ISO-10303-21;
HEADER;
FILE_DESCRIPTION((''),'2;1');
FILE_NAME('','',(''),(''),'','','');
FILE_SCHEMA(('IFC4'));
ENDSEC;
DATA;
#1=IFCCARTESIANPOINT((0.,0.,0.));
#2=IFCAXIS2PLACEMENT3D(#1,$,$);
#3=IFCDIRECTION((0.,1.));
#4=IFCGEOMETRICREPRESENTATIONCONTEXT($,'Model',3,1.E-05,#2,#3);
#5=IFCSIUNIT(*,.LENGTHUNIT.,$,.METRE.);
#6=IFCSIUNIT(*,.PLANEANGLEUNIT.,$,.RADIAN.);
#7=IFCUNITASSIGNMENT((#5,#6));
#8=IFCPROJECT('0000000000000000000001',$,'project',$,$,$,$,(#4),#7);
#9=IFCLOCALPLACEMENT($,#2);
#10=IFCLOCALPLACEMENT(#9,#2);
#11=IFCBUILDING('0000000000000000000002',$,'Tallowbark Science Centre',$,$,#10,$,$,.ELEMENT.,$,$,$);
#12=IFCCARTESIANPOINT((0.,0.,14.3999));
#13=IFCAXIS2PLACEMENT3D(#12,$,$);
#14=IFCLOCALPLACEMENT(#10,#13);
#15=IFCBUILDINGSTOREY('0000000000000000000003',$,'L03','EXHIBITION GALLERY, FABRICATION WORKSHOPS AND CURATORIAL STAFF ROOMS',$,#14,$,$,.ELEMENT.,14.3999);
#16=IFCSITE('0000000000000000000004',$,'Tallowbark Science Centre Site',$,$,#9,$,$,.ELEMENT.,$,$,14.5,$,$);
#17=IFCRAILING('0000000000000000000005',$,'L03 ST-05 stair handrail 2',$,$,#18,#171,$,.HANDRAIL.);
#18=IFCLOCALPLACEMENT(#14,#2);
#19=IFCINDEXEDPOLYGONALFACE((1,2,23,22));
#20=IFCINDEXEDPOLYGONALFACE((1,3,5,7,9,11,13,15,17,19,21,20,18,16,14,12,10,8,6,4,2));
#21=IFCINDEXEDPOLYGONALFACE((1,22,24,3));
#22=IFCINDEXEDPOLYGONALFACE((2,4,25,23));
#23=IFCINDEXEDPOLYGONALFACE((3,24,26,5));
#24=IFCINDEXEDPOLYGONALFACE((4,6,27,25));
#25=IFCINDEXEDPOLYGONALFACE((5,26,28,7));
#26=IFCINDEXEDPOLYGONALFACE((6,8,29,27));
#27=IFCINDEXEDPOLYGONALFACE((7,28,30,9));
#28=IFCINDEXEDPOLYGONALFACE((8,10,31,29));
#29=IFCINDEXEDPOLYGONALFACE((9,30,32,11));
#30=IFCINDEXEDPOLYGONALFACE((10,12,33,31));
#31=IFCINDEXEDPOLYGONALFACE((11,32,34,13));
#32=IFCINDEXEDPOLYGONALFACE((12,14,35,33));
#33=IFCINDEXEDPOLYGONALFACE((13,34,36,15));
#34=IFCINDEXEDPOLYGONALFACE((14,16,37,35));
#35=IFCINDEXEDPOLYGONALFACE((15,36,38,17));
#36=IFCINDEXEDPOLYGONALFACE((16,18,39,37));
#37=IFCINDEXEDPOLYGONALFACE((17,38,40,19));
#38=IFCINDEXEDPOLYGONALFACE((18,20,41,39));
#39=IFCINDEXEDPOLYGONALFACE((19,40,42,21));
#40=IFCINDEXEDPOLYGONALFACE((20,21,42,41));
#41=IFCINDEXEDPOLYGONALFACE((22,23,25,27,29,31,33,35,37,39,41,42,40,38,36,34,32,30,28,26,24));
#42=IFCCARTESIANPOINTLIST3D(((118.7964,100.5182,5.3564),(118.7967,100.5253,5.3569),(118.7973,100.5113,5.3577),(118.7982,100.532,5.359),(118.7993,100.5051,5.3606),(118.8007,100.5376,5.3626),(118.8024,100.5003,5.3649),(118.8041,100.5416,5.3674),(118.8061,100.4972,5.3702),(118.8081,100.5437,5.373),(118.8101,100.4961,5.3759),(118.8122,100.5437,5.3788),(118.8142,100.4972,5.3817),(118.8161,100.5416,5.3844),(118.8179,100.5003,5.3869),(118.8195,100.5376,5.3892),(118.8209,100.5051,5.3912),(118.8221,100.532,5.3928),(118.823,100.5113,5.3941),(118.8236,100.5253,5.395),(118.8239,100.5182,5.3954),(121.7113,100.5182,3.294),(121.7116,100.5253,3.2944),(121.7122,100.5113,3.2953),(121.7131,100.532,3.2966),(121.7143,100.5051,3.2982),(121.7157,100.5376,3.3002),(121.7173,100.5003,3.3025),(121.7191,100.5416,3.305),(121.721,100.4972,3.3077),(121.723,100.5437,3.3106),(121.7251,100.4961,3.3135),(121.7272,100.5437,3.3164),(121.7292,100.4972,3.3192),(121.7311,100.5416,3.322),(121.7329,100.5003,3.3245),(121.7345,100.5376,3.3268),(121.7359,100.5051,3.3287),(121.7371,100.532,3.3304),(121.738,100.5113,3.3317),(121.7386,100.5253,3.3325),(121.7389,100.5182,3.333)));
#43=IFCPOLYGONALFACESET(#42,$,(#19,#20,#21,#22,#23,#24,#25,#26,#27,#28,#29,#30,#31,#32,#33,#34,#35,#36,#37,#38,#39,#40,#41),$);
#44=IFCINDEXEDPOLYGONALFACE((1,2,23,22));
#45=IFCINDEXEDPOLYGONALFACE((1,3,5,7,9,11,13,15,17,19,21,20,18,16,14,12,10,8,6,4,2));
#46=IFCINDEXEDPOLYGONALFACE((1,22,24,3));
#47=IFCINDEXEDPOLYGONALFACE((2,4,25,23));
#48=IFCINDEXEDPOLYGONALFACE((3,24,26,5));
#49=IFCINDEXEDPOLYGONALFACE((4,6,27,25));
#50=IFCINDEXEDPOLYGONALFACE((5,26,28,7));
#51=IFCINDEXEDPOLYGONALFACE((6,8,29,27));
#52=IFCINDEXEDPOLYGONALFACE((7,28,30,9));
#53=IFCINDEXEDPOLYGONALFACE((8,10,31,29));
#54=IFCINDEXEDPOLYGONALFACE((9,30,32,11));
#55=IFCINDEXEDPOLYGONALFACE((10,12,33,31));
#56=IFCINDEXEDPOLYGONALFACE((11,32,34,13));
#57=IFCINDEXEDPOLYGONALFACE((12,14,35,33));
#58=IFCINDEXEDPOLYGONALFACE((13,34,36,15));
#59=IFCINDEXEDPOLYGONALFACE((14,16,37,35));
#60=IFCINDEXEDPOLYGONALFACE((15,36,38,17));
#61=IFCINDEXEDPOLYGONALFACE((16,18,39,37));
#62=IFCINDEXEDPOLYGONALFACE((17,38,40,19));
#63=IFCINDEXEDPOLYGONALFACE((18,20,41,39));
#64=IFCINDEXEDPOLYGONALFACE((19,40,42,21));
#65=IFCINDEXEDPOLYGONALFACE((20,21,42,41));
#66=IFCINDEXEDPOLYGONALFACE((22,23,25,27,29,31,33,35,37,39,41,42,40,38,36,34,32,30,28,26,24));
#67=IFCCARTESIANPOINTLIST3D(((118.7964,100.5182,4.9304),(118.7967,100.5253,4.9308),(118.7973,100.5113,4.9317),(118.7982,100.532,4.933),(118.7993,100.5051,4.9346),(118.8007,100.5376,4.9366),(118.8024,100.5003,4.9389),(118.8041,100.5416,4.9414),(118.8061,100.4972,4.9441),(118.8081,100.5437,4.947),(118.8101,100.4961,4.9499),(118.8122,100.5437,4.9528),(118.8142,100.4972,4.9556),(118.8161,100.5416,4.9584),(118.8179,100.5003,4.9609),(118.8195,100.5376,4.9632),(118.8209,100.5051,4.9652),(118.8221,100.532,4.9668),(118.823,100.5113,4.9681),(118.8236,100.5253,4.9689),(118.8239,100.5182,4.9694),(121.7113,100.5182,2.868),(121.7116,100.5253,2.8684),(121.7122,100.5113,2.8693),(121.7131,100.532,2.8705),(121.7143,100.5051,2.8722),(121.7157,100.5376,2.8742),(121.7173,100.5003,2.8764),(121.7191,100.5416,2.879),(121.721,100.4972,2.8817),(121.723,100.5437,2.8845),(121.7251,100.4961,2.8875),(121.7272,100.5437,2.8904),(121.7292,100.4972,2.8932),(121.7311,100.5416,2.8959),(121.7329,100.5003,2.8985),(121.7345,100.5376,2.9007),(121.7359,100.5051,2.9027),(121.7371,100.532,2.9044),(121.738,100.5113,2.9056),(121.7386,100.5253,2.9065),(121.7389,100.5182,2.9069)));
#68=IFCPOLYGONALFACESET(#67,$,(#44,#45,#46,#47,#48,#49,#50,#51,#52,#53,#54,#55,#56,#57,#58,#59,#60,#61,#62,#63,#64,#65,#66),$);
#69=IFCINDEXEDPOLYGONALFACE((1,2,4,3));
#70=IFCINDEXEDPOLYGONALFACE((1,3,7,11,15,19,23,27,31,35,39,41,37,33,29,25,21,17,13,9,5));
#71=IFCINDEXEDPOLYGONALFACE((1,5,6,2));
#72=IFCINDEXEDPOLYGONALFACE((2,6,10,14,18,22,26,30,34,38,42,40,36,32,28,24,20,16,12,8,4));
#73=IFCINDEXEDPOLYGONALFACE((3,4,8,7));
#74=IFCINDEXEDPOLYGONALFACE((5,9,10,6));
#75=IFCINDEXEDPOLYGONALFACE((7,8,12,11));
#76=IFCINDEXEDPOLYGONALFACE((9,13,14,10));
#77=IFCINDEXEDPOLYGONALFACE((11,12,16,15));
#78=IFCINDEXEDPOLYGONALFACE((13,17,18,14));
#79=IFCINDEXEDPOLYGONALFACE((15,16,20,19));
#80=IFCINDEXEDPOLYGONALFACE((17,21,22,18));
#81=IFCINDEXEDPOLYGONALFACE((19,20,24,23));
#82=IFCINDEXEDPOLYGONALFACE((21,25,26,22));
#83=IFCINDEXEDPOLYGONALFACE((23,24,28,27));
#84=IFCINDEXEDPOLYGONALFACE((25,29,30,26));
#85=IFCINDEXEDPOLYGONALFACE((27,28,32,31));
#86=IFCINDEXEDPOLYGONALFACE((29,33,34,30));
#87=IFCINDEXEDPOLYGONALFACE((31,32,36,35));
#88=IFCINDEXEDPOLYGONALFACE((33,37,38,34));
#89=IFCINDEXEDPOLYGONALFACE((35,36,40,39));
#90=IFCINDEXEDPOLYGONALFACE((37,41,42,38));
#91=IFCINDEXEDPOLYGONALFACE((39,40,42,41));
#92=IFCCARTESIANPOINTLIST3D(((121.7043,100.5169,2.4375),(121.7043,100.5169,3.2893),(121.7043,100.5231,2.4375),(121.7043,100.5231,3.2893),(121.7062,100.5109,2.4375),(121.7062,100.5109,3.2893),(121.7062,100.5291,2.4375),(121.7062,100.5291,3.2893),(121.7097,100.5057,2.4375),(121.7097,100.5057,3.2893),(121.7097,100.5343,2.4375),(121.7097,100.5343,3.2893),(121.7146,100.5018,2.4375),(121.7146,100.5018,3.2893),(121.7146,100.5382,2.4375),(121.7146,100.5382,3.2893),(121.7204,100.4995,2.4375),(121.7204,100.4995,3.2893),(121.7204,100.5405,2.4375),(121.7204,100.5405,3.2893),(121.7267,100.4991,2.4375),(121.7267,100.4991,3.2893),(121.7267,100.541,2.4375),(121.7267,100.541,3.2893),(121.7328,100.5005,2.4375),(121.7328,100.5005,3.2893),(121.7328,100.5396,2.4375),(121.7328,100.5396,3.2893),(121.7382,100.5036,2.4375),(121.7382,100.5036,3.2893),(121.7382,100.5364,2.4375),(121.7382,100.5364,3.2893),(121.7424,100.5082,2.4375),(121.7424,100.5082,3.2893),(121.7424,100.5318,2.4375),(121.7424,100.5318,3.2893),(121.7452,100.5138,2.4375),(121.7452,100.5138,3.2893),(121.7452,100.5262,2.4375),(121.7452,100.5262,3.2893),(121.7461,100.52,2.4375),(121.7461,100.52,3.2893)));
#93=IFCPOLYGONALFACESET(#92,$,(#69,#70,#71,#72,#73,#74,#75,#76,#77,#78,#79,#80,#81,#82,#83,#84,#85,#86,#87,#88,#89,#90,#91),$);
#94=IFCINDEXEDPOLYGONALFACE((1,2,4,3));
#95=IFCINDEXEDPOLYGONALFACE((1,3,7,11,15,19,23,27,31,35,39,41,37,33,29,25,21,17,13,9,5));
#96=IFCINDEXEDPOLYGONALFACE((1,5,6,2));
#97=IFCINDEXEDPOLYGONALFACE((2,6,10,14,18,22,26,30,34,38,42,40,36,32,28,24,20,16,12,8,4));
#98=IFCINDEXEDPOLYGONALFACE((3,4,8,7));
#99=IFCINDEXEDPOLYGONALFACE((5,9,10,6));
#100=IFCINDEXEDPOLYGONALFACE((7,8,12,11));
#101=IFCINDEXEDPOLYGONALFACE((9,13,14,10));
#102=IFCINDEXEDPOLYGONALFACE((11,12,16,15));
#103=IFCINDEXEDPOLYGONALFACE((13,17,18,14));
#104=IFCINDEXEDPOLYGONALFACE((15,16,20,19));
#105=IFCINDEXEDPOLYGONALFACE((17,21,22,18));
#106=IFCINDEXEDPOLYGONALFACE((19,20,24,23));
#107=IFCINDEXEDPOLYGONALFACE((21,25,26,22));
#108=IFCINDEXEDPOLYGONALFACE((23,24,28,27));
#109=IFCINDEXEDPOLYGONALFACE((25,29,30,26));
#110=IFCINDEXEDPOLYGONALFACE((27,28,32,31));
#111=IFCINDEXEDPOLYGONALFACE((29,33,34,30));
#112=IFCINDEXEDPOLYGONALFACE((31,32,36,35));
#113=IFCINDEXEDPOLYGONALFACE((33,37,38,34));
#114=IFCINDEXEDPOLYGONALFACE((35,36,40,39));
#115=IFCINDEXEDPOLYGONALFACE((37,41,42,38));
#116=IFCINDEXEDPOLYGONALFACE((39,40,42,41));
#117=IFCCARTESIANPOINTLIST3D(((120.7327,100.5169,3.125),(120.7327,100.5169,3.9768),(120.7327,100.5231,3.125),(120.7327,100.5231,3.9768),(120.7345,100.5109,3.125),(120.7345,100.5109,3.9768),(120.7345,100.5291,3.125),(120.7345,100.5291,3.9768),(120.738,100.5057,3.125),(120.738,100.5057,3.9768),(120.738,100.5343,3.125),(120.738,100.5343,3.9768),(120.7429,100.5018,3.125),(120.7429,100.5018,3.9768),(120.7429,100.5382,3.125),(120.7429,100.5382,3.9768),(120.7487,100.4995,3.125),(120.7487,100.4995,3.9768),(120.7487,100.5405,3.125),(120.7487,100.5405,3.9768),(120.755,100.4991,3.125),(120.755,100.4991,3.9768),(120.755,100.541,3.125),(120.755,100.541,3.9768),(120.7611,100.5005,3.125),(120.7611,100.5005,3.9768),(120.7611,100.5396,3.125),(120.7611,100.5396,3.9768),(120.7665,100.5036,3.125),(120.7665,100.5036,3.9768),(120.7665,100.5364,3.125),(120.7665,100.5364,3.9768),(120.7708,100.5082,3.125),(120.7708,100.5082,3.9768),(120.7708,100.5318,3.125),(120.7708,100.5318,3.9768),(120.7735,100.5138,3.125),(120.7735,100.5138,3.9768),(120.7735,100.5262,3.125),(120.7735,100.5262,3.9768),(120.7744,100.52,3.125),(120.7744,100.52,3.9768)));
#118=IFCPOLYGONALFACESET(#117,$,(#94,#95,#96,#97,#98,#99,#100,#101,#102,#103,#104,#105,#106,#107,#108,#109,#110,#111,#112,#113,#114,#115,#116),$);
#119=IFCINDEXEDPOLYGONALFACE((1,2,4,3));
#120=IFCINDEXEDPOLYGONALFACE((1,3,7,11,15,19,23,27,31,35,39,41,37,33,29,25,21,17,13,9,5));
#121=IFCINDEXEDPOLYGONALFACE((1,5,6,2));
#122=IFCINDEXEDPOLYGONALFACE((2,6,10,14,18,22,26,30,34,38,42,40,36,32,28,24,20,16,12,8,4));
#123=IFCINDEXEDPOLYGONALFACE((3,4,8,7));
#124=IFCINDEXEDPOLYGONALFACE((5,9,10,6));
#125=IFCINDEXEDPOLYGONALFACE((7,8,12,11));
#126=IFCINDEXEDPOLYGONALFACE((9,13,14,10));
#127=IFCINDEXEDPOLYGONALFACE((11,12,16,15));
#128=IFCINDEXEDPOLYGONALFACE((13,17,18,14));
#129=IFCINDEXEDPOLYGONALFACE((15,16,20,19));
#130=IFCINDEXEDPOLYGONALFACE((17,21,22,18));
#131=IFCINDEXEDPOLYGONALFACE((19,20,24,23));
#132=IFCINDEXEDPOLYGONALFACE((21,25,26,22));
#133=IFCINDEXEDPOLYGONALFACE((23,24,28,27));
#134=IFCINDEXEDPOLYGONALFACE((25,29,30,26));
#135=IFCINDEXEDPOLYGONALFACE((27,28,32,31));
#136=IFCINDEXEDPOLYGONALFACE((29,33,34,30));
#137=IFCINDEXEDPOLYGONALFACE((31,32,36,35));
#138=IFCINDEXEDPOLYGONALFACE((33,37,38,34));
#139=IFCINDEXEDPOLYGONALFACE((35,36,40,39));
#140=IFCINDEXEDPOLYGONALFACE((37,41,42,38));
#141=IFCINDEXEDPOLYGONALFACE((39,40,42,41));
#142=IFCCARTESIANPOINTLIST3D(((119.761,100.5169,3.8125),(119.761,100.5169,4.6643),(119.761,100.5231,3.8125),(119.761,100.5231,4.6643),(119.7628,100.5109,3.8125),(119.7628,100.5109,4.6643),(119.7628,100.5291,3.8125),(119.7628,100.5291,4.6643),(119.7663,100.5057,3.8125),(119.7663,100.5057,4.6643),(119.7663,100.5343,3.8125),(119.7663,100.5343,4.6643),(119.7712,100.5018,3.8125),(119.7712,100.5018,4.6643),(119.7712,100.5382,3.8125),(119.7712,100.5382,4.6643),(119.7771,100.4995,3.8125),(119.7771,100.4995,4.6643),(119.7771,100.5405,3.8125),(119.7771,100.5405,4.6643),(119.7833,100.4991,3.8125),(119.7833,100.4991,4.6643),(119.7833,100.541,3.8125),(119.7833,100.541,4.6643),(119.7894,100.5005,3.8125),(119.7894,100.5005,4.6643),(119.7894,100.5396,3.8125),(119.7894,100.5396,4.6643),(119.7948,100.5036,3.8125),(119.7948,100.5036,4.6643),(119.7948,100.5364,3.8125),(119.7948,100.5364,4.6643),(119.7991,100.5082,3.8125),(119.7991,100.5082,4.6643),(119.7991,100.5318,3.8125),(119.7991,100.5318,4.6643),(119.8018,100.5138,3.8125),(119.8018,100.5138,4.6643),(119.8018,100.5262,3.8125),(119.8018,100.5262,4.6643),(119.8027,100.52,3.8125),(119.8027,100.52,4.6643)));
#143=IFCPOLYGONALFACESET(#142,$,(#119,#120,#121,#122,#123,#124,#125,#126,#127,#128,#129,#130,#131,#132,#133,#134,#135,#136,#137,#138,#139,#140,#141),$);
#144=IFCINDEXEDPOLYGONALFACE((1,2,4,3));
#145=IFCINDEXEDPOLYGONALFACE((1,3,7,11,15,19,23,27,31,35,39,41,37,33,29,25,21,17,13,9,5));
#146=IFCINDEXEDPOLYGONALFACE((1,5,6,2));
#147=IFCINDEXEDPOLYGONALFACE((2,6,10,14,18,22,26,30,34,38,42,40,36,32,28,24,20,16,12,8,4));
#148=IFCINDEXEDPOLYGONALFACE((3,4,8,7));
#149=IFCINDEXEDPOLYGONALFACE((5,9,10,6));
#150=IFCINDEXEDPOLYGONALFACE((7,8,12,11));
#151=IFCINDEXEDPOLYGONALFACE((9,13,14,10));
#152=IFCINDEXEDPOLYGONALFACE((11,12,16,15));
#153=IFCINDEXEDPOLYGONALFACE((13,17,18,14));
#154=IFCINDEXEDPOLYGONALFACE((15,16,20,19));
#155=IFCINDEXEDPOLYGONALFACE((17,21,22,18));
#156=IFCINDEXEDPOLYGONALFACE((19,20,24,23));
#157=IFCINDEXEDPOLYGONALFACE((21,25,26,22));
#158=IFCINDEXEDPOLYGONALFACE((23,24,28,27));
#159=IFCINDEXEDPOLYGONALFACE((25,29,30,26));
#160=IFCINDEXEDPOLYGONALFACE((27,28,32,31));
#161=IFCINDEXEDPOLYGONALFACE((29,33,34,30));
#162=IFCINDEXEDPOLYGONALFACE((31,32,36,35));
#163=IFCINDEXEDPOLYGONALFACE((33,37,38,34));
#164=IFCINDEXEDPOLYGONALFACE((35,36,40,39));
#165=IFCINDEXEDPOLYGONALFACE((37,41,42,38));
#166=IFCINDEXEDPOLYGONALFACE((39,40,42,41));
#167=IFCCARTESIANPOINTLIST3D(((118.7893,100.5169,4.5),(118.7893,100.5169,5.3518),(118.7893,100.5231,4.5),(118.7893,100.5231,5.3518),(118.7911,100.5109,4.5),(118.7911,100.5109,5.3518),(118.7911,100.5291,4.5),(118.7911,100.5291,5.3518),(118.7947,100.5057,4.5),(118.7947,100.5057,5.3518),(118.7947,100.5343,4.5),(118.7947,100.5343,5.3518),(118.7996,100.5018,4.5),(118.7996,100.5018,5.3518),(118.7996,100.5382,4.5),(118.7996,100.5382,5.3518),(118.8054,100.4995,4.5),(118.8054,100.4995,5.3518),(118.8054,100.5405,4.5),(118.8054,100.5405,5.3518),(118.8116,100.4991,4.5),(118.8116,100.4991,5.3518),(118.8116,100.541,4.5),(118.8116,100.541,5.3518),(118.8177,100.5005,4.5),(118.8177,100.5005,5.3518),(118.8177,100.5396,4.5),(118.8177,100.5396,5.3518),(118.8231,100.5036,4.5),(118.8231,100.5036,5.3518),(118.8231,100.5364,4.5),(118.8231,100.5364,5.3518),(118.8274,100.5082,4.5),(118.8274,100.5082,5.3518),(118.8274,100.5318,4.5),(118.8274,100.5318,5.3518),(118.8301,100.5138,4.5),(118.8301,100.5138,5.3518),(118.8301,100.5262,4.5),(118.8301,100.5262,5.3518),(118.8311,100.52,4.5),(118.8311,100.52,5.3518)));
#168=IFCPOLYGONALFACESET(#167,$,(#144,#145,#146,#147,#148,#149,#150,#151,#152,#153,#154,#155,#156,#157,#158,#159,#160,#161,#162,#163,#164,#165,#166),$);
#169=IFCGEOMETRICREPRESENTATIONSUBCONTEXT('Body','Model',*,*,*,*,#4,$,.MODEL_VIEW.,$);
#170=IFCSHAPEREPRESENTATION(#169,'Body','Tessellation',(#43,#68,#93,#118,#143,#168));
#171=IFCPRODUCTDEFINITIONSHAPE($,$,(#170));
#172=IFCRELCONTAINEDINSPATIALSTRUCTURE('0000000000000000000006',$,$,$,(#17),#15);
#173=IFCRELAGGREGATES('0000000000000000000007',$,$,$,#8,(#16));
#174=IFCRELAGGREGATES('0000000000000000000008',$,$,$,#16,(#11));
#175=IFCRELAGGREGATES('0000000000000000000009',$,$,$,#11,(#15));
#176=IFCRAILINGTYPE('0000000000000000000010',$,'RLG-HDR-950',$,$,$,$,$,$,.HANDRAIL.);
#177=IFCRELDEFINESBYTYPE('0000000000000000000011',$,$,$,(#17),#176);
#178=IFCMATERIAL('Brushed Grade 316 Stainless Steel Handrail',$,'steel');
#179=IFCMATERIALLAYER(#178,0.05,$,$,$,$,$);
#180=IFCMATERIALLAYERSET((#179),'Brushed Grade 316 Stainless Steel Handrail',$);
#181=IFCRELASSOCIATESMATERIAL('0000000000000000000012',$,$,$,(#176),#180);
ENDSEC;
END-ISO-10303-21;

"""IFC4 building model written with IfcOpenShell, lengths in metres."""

from ifc_helpers import new_model, si_unit, direction, frame, origin, origin_2d, place, context, subcontext, project, spatial, circle, extrude, material, layer, layer_set, type_object, element, save


model = new_model("IFC4")

# Units and contexts
model_context = context("Model", 3, precision=1e-05, world=origin(), true_north=direction((0.0, 1.0)))
body_context = subcontext(model_context, "Body", "Model", "MODEL_VIEW")
ifc_project = project(units=[si_unit("LENGTHUNIT", "METRE"), si_unit("PLANEANGLEUNIT", "RADIAN")], contexts=[model_context])

# Site, building, storey
site_placement = place(None, origin())
site = spatial("IfcSite", under=ifc_project, at=site_placement, Name="Tallowbark Science Centre Site", CompositionType="ELEMENT", RefElevation=14.5)
building_placement = place(site_placement, origin())
building = spatial("IfcBuilding", under=site, at=building_placement, Name="Tallowbark Science Centre", CompositionType="ELEMENT")
storey_placement = place(building_placement, frame((0.0, 0.0, 14.3999)))
storey = spatial("IfcBuildingStorey", under=building, at=storey_placement, Name="L03", Description="EXHIBITION GALLERY, FABRICATION WORKSHOPS AND CURATORIAL STAFF ROOMS", CompositionType="ELEMENT", Elevation=14.3999)

# Railing
ifc_material_1 = material(Name="Brushed Grade 316 Stainless Steel Handrail", Category="steel")
ifc_layer_1 = layer(ifc_material_1, 0.05)
ifc_layer_set_1 = layer_set([ifc_layer_1], Name="Brushed Grade 316 Stainless Steel Handrail")
railing_type_1 = type_object("IfcRailingType", Name="RLG-HDR-950", PredefinedType="HANDRAIL", material=ifc_layer_set_1)
railing_1_placement = place(storey_placement, frame((121.7251, 100.52, 2.4375)))
element("IfcRailing", 1, at=railing_1_placement, inside=storey, type_object=railing_type_1, Name="L03 ST-05 stair handrail 2", PredefinedType="HANDRAIL", context=body_context, shape_type="SweptSolid", body=[
    extrude(circle(Radius=0.0239, at=origin_2d()), frame((0.0, 0.0, 0.876), z_axis=(-0.816331, 0.0, 0.577585), x_axis=(0.0, -1.0, 0.0)), (0.0, 0.0, 1.0), 3.5708),
    extrude(circle(Radius=0.0239, at=origin_2d()), frame((0.0, 0.0, 0.45), z_axis=(-0.816331, 0.0, 0.577585), x_axis=(0.0, -1.0, 0.0)), (0.0, 0.0, 1.0), 3.5708),
    extrude(circle(Radius=0.021, at=origin_2d()), origin(), (0.0, 0.0, 1.0), 0.8518),
    extrude(circle(Radius=0.021, at=origin_2d()), frame((-0.9717, 0.0, 0.6875)), (0.0, 0.0, 1.0), 0.8518),
    extrude(circle(Radius=0.021, at=origin_2d()), frame((-1.9434, 0.0, 1.375)), (0.0, 0.0, 1.0), 0.8518),
    extrude(circle(Radius=0.021, at=origin_2d()), frame((-2.915, 0.0, 2.0625)), (0.0, 0.0, 1.0), 0.8518),
])

save(model, "model.ifc")
